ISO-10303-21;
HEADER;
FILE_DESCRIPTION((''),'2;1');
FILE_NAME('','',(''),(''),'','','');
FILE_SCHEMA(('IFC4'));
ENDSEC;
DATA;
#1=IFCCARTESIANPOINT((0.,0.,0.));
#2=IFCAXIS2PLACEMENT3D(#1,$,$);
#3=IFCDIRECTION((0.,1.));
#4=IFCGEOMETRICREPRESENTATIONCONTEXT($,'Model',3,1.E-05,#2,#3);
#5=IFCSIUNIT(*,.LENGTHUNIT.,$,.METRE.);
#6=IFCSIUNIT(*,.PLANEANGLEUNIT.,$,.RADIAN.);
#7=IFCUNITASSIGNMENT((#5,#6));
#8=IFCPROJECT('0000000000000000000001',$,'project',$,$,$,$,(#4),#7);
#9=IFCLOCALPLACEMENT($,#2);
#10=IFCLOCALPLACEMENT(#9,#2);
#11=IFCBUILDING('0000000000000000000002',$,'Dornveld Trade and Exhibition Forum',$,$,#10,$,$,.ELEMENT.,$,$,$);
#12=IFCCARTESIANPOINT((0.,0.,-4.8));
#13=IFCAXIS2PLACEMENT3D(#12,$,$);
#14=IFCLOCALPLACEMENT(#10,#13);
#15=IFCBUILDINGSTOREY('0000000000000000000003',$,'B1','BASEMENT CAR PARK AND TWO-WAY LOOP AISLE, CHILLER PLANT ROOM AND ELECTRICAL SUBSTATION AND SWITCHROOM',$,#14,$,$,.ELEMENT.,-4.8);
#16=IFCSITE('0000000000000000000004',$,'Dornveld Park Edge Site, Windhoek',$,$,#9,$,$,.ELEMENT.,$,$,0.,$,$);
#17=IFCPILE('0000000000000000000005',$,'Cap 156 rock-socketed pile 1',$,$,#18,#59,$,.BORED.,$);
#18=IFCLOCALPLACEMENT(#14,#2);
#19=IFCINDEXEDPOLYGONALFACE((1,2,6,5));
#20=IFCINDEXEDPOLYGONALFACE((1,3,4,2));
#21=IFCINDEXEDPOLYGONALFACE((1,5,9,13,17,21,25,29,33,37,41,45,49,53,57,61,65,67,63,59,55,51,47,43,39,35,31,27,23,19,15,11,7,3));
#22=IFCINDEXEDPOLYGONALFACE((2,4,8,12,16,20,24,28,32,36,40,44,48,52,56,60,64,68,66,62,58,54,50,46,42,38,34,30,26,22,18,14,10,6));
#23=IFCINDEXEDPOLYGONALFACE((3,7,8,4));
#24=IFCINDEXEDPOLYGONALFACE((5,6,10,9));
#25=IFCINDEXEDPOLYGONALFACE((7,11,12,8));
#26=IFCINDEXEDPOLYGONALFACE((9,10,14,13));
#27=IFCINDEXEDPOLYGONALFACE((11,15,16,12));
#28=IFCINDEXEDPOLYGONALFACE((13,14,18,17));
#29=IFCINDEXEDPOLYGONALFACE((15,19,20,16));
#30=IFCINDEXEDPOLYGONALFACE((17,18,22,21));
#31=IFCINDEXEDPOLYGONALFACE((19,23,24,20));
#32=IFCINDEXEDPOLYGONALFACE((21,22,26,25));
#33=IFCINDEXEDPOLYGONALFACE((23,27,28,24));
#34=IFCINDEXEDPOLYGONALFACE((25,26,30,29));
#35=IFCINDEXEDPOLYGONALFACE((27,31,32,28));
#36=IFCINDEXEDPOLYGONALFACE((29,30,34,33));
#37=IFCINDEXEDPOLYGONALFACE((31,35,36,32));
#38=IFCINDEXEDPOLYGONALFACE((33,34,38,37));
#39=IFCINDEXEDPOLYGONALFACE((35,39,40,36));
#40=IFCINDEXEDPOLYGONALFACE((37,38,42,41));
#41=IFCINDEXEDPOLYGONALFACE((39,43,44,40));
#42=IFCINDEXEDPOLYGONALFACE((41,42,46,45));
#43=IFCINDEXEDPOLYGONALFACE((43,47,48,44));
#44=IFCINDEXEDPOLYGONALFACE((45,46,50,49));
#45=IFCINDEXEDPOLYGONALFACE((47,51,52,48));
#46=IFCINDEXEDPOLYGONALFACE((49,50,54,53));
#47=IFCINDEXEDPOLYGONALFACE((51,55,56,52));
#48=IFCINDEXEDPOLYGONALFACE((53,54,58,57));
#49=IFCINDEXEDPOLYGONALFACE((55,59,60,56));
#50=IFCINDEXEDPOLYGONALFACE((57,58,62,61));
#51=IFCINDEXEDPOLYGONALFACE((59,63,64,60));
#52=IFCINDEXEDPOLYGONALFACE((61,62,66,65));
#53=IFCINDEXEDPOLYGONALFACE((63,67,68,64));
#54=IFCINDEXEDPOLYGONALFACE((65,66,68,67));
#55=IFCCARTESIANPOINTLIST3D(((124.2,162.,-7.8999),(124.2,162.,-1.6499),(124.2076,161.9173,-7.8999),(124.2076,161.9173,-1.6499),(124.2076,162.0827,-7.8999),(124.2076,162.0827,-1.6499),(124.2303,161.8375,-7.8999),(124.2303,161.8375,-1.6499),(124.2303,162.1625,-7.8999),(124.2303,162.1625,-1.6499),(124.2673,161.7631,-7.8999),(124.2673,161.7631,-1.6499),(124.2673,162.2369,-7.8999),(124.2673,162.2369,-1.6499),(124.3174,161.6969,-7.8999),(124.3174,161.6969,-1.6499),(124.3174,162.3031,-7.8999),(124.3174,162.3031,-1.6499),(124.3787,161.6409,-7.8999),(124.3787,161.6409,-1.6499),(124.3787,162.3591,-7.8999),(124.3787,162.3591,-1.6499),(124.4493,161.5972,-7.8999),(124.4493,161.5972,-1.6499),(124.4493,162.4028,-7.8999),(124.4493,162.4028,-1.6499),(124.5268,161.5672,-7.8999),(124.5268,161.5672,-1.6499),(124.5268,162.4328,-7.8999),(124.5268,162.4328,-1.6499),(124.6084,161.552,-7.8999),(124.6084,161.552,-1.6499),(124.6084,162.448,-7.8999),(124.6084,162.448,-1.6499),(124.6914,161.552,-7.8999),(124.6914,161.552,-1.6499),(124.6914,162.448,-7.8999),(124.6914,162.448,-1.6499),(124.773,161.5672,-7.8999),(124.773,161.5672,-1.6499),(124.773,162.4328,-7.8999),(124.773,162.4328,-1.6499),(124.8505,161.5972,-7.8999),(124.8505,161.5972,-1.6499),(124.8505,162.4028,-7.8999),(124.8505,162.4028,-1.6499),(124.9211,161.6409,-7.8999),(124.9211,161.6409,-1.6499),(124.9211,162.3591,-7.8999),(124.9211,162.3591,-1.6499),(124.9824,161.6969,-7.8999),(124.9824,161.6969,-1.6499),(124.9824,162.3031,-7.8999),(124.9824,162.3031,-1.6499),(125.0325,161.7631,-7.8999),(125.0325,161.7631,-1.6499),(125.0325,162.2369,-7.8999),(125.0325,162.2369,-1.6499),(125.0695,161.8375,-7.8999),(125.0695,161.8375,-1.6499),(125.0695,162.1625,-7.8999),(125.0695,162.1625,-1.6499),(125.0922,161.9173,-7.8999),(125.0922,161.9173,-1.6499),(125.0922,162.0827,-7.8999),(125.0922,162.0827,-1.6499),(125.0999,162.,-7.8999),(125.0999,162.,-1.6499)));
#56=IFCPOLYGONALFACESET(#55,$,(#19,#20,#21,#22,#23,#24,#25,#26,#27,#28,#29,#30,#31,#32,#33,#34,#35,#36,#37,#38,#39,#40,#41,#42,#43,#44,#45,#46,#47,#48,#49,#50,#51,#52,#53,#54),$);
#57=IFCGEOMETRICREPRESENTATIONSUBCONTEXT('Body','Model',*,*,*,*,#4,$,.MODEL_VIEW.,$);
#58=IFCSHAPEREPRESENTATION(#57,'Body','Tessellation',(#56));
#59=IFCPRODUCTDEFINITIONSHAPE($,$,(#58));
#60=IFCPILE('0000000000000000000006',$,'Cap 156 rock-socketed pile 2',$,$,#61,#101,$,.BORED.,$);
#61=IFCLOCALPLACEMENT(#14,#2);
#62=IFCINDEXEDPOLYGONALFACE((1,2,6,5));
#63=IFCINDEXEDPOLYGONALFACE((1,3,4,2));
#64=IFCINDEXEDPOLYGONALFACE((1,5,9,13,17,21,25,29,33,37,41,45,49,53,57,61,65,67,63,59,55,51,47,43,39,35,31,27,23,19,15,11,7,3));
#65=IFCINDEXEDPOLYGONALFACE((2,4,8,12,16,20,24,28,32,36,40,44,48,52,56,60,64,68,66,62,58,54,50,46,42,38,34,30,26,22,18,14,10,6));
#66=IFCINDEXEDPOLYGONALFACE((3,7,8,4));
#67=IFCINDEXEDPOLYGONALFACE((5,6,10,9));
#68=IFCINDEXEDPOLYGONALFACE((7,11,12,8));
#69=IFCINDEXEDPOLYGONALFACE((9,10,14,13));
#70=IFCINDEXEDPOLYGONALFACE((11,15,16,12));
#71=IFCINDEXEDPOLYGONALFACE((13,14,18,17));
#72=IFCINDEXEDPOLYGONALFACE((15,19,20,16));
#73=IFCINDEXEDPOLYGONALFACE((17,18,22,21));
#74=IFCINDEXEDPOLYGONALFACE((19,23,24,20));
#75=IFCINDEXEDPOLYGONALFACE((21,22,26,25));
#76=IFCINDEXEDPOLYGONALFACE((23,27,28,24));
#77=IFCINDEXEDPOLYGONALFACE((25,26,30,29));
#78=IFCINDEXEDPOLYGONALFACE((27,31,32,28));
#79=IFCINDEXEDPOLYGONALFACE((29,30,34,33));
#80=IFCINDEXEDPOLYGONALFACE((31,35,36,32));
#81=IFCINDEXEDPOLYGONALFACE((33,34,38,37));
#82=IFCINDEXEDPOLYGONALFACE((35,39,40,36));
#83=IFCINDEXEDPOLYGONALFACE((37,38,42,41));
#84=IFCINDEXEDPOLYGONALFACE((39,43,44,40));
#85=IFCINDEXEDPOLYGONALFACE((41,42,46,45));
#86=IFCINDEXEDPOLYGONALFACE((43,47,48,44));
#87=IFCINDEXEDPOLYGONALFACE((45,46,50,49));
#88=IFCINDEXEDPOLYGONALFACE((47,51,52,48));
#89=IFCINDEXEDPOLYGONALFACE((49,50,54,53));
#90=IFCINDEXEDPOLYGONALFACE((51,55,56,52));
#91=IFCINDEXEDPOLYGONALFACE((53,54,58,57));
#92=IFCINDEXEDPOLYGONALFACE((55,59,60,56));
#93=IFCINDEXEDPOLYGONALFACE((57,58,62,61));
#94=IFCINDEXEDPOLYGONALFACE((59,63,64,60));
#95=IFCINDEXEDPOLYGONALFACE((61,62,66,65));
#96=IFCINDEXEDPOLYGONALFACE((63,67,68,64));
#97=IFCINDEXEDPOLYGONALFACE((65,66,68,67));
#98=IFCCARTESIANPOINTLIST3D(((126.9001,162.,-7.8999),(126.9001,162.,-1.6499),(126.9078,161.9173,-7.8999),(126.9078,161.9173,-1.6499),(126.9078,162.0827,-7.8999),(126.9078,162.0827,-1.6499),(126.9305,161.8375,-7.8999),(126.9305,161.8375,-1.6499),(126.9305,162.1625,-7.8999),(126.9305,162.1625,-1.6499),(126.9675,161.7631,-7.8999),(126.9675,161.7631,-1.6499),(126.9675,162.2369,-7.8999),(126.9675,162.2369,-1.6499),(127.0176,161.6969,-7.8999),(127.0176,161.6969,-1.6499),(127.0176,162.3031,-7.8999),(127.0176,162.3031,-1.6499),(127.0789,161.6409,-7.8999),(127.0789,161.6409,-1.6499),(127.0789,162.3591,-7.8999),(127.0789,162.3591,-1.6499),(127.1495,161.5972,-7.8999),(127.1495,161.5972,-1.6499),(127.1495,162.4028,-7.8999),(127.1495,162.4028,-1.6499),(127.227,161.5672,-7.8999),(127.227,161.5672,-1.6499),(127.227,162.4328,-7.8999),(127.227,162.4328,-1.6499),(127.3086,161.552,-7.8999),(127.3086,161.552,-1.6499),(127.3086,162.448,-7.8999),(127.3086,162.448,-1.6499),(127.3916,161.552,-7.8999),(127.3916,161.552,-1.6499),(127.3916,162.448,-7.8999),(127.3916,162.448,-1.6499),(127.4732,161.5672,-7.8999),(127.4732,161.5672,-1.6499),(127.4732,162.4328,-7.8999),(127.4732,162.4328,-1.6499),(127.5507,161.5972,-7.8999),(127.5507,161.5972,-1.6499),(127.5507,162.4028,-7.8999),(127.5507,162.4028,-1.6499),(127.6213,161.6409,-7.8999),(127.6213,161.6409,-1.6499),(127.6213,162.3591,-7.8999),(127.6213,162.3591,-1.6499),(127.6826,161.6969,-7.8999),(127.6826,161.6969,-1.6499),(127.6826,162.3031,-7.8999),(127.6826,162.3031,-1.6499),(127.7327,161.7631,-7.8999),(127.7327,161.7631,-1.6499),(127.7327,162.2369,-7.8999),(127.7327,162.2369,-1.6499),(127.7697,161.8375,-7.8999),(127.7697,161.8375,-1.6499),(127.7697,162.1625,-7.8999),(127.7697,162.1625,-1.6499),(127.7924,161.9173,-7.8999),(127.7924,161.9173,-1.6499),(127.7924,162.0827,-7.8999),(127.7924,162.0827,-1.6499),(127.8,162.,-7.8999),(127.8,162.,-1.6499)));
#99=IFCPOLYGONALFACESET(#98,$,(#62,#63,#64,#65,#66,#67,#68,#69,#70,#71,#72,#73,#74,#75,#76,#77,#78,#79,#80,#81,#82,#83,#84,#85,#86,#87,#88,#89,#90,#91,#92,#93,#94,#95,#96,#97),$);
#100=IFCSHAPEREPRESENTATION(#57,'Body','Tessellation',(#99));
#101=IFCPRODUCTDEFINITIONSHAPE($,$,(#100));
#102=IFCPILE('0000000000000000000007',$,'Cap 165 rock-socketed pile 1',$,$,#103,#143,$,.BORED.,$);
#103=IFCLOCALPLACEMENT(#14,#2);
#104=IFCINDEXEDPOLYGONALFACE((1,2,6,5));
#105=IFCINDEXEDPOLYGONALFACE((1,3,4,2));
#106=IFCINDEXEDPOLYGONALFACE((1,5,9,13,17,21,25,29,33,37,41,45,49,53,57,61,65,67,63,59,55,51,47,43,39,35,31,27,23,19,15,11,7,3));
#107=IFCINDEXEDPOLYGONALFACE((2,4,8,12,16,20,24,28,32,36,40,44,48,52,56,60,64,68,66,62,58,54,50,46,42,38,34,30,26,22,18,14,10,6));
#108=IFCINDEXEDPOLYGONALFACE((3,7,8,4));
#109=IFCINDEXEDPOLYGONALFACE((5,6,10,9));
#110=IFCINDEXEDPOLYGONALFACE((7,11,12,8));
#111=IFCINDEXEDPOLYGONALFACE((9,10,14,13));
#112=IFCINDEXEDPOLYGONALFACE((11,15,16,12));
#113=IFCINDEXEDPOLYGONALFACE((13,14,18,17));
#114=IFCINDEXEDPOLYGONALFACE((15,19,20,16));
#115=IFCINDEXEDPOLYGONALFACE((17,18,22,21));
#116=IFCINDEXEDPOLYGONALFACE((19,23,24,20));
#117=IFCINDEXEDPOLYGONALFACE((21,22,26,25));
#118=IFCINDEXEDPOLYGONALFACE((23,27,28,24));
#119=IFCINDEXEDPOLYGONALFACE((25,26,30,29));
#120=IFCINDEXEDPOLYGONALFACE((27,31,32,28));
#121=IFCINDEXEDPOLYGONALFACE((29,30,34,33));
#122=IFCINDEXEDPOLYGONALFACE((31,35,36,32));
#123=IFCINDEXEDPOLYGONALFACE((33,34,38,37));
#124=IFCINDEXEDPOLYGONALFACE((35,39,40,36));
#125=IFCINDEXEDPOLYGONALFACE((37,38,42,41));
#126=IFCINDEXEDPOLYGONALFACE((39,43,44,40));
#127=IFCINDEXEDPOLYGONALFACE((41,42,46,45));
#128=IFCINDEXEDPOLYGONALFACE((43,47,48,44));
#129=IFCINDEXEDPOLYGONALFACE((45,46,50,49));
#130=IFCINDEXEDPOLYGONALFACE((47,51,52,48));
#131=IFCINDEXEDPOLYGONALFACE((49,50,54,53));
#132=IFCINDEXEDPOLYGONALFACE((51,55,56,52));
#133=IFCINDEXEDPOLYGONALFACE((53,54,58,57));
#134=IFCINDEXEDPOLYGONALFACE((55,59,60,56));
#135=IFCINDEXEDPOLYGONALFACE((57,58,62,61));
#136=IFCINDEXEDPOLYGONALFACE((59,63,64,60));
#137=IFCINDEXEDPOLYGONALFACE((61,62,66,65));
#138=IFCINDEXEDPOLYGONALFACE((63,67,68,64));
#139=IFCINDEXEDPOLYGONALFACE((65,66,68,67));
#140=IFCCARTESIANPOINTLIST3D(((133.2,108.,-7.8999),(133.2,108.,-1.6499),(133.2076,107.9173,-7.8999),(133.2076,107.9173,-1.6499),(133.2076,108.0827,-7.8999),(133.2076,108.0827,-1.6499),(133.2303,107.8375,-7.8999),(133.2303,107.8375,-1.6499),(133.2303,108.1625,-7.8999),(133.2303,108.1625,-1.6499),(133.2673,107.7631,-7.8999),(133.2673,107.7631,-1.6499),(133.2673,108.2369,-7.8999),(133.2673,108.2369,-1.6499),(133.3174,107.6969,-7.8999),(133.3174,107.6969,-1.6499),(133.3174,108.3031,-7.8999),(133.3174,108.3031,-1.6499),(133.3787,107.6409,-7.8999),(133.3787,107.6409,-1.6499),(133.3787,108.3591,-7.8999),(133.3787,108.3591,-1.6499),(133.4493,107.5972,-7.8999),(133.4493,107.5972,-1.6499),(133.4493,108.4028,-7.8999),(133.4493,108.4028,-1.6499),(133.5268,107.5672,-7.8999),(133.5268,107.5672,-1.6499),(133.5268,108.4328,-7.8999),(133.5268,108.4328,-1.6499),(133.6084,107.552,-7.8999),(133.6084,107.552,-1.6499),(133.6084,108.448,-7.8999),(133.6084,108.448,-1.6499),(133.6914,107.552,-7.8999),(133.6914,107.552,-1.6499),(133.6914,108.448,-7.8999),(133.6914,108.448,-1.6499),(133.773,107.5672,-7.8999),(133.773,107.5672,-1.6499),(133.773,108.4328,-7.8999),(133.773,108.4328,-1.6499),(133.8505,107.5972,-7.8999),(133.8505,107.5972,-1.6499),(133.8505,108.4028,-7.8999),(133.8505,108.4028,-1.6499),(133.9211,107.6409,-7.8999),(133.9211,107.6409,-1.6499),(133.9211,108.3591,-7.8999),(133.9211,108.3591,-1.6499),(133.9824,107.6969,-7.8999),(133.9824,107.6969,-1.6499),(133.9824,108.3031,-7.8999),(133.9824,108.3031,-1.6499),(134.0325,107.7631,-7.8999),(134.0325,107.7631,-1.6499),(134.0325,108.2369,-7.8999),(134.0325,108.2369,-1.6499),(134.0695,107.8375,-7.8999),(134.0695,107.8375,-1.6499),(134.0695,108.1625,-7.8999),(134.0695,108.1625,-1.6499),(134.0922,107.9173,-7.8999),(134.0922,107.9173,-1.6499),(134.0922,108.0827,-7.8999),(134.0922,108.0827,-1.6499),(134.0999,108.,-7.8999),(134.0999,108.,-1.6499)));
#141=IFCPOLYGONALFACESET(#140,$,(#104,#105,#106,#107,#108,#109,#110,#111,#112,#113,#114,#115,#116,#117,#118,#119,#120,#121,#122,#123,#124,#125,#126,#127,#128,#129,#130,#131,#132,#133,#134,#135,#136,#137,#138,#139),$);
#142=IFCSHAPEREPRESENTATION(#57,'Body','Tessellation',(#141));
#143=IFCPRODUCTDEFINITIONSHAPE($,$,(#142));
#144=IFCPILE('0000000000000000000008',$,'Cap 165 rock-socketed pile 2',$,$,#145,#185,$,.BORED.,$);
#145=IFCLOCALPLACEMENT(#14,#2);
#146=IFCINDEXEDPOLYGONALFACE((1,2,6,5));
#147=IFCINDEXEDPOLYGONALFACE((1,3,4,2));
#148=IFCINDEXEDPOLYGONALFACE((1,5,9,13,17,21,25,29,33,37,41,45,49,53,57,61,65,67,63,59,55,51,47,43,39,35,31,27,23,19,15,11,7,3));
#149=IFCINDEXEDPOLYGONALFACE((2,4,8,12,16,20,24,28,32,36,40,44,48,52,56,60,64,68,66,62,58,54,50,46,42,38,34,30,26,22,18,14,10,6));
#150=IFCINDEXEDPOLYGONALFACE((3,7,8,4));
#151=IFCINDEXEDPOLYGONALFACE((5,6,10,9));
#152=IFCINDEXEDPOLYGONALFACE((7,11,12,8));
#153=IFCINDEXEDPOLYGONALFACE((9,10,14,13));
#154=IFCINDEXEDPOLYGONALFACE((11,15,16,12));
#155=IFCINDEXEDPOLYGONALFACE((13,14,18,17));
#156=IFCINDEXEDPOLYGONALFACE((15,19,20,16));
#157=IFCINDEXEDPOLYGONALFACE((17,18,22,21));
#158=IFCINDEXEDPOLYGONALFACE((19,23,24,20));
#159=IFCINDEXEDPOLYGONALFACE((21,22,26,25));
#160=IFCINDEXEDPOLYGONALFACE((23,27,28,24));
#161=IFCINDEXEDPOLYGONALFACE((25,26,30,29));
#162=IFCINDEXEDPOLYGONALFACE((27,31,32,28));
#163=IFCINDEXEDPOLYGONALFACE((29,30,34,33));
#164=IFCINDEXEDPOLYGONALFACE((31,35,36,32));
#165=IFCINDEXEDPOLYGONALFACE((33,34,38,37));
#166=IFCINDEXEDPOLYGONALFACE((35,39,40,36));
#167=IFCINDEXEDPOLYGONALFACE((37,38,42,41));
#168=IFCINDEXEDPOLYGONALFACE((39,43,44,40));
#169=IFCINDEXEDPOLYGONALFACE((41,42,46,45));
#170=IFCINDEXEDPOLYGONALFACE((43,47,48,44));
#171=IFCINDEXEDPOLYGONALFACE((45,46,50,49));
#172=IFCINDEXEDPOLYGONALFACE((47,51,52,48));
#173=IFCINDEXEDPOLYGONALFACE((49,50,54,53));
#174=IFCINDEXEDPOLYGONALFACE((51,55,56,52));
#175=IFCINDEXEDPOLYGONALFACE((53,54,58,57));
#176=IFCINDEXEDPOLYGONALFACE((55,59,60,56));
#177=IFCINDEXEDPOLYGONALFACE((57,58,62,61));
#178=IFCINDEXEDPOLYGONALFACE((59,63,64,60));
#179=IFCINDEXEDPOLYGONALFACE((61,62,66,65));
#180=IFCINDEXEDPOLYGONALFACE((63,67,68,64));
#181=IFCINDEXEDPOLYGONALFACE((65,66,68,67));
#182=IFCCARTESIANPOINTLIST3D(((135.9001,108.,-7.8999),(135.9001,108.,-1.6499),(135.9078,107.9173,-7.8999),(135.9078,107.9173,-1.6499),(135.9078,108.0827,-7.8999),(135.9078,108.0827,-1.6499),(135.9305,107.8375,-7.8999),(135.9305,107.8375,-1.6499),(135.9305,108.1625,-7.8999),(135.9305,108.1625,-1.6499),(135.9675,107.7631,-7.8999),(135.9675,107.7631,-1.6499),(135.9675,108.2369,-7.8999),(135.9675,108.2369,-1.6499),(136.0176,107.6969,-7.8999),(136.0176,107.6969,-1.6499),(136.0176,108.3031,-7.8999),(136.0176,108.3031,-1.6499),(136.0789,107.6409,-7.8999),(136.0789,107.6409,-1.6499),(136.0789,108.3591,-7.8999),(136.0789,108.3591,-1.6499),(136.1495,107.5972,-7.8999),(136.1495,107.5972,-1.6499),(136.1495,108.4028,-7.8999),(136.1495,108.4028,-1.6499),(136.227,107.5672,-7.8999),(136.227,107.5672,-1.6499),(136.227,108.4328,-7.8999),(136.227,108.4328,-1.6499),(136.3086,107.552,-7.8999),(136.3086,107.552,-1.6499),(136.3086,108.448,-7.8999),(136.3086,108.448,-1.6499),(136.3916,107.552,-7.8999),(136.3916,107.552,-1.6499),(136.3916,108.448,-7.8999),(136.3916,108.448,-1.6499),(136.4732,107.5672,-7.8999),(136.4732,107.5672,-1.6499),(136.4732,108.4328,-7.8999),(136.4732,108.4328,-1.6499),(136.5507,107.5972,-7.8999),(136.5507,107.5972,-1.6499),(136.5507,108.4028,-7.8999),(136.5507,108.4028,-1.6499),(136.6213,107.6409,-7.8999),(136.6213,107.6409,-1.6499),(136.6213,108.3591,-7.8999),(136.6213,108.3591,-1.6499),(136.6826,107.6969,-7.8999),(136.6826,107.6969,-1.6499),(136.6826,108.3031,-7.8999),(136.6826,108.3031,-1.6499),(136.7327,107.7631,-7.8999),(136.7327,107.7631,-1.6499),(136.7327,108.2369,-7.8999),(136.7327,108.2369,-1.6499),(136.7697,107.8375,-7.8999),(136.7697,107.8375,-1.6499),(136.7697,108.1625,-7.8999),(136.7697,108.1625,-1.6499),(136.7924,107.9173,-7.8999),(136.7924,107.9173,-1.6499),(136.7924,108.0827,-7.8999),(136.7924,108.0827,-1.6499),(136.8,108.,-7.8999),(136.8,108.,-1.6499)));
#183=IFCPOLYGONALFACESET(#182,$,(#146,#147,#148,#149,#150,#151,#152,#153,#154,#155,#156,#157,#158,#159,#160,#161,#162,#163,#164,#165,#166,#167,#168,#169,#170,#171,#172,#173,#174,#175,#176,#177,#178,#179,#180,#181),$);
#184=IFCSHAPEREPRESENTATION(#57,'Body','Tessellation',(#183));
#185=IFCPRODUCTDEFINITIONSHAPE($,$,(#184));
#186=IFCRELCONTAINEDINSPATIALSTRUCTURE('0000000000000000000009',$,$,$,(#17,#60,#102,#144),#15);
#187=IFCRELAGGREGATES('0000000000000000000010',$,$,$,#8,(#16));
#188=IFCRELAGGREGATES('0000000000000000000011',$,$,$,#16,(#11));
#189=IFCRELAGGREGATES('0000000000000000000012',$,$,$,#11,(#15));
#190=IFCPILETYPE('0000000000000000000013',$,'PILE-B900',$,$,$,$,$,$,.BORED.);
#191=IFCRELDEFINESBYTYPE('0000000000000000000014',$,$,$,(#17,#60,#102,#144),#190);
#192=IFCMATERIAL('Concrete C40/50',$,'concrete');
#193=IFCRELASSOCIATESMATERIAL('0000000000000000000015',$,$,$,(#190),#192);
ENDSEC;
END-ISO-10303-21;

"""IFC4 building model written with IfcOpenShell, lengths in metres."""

from ifc_helpers import new_model, si_unit, direction, frame, origin, origin_2d, place, context, subcontext, project, spatial, circle, extrude, material, material_profile, profile_set, type_object, element, save


model = new_model("IFC4")

# Units and contexts
model_context = context("Model", 3, precision=1e-05, world=origin(), true_north=direction((0.0, 1.0)))
body_context = subcontext(model_context, "Body", "Model", "MODEL_VIEW")
ifc_project = project(units=[si_unit("LENGTHUNIT", "METRE"), si_unit("PLANEANGLEUNIT", "RADIAN")], contexts=[model_context])

# Site, building, storey
site_placement = place(None, origin())
site = spatial("IfcSite", under=ifc_project, at=site_placement, Name="Dornveld Park Edge Site, Windhoek", CompositionType="ELEMENT", RefElevation=0.0)
building_placement = place(site_placement, origin())
building = spatial("IfcBuilding", under=site, at=building_placement, Name="Dornveld Trade and Exhibition Forum", CompositionType="ELEMENT")
storey_placement = place(building_placement, frame((0.0, 0.0, -4.8)))
storey = spatial("IfcBuildingStorey", under=building, at=storey_placement, Name="B1", Description="BASEMENT CAR PARK AND TWO-WAY LOOP AISLE, CHILLER PLANT ROOM AND ELECTRICAL SUBSTATION AND SWITCHROOM", CompositionType="ELEMENT", Elevation=-4.8)

# Piles
ifc_material_1 = material(Name="Concrete C40/50", Category="concrete")
ifc_material_profile_1 = material_profile(ifc_material_1, circle(Radius=0.45, at=origin_2d()), Name="PILE D900")
ifc_profile_set_1 = profile_set([ifc_material_profile_1], Name="Concrete C40/50")
pile_type = type_object("IfcPileType", Name="PILE-B900", PredefinedType="BORED", material=ifc_profile_set_1)
for number, where, z_axis, x_axis, name in (
    (1, (124.6499, 162.0, -1.6499), (0.0, 0.0, -1.0), (1.0, 0.0, 0.0), "Cap 156 rock-socketed pile 1"),
    (2, (127.3501, 162.0, -1.6499), (0.0, 0.0, -1.0), (1.0, 0.0, 0.0), "Cap 156 rock-socketed pile 2"),
    (3, (133.6499, 108.0, -1.6499), (0.0, 0.0, -1.0), (1.0, 0.0, 0.0), "Cap 165 rock-socketed pile 1"),
    (4, (136.3501, 108.0, -1.6499), (0.0, 0.0, -1.0), (1.0, 0.0, 0.0), "Cap 165 rock-socketed pile 2"),
):
    element("IfcPile", number, at=place(storey_placement, frame(where, z_axis=z_axis, x_axis=x_axis)), inside=storey, type_object=pile_type, Name=name, PredefinedType="BORED", context=body_context, shape_type="SweptSolid", body=[
        extrude(circle(Radius=0.45, at=origin_2d()), origin(), (0.0, 0.0, 1.0), 6.25),
    ])

save(model, "model.ifc")
